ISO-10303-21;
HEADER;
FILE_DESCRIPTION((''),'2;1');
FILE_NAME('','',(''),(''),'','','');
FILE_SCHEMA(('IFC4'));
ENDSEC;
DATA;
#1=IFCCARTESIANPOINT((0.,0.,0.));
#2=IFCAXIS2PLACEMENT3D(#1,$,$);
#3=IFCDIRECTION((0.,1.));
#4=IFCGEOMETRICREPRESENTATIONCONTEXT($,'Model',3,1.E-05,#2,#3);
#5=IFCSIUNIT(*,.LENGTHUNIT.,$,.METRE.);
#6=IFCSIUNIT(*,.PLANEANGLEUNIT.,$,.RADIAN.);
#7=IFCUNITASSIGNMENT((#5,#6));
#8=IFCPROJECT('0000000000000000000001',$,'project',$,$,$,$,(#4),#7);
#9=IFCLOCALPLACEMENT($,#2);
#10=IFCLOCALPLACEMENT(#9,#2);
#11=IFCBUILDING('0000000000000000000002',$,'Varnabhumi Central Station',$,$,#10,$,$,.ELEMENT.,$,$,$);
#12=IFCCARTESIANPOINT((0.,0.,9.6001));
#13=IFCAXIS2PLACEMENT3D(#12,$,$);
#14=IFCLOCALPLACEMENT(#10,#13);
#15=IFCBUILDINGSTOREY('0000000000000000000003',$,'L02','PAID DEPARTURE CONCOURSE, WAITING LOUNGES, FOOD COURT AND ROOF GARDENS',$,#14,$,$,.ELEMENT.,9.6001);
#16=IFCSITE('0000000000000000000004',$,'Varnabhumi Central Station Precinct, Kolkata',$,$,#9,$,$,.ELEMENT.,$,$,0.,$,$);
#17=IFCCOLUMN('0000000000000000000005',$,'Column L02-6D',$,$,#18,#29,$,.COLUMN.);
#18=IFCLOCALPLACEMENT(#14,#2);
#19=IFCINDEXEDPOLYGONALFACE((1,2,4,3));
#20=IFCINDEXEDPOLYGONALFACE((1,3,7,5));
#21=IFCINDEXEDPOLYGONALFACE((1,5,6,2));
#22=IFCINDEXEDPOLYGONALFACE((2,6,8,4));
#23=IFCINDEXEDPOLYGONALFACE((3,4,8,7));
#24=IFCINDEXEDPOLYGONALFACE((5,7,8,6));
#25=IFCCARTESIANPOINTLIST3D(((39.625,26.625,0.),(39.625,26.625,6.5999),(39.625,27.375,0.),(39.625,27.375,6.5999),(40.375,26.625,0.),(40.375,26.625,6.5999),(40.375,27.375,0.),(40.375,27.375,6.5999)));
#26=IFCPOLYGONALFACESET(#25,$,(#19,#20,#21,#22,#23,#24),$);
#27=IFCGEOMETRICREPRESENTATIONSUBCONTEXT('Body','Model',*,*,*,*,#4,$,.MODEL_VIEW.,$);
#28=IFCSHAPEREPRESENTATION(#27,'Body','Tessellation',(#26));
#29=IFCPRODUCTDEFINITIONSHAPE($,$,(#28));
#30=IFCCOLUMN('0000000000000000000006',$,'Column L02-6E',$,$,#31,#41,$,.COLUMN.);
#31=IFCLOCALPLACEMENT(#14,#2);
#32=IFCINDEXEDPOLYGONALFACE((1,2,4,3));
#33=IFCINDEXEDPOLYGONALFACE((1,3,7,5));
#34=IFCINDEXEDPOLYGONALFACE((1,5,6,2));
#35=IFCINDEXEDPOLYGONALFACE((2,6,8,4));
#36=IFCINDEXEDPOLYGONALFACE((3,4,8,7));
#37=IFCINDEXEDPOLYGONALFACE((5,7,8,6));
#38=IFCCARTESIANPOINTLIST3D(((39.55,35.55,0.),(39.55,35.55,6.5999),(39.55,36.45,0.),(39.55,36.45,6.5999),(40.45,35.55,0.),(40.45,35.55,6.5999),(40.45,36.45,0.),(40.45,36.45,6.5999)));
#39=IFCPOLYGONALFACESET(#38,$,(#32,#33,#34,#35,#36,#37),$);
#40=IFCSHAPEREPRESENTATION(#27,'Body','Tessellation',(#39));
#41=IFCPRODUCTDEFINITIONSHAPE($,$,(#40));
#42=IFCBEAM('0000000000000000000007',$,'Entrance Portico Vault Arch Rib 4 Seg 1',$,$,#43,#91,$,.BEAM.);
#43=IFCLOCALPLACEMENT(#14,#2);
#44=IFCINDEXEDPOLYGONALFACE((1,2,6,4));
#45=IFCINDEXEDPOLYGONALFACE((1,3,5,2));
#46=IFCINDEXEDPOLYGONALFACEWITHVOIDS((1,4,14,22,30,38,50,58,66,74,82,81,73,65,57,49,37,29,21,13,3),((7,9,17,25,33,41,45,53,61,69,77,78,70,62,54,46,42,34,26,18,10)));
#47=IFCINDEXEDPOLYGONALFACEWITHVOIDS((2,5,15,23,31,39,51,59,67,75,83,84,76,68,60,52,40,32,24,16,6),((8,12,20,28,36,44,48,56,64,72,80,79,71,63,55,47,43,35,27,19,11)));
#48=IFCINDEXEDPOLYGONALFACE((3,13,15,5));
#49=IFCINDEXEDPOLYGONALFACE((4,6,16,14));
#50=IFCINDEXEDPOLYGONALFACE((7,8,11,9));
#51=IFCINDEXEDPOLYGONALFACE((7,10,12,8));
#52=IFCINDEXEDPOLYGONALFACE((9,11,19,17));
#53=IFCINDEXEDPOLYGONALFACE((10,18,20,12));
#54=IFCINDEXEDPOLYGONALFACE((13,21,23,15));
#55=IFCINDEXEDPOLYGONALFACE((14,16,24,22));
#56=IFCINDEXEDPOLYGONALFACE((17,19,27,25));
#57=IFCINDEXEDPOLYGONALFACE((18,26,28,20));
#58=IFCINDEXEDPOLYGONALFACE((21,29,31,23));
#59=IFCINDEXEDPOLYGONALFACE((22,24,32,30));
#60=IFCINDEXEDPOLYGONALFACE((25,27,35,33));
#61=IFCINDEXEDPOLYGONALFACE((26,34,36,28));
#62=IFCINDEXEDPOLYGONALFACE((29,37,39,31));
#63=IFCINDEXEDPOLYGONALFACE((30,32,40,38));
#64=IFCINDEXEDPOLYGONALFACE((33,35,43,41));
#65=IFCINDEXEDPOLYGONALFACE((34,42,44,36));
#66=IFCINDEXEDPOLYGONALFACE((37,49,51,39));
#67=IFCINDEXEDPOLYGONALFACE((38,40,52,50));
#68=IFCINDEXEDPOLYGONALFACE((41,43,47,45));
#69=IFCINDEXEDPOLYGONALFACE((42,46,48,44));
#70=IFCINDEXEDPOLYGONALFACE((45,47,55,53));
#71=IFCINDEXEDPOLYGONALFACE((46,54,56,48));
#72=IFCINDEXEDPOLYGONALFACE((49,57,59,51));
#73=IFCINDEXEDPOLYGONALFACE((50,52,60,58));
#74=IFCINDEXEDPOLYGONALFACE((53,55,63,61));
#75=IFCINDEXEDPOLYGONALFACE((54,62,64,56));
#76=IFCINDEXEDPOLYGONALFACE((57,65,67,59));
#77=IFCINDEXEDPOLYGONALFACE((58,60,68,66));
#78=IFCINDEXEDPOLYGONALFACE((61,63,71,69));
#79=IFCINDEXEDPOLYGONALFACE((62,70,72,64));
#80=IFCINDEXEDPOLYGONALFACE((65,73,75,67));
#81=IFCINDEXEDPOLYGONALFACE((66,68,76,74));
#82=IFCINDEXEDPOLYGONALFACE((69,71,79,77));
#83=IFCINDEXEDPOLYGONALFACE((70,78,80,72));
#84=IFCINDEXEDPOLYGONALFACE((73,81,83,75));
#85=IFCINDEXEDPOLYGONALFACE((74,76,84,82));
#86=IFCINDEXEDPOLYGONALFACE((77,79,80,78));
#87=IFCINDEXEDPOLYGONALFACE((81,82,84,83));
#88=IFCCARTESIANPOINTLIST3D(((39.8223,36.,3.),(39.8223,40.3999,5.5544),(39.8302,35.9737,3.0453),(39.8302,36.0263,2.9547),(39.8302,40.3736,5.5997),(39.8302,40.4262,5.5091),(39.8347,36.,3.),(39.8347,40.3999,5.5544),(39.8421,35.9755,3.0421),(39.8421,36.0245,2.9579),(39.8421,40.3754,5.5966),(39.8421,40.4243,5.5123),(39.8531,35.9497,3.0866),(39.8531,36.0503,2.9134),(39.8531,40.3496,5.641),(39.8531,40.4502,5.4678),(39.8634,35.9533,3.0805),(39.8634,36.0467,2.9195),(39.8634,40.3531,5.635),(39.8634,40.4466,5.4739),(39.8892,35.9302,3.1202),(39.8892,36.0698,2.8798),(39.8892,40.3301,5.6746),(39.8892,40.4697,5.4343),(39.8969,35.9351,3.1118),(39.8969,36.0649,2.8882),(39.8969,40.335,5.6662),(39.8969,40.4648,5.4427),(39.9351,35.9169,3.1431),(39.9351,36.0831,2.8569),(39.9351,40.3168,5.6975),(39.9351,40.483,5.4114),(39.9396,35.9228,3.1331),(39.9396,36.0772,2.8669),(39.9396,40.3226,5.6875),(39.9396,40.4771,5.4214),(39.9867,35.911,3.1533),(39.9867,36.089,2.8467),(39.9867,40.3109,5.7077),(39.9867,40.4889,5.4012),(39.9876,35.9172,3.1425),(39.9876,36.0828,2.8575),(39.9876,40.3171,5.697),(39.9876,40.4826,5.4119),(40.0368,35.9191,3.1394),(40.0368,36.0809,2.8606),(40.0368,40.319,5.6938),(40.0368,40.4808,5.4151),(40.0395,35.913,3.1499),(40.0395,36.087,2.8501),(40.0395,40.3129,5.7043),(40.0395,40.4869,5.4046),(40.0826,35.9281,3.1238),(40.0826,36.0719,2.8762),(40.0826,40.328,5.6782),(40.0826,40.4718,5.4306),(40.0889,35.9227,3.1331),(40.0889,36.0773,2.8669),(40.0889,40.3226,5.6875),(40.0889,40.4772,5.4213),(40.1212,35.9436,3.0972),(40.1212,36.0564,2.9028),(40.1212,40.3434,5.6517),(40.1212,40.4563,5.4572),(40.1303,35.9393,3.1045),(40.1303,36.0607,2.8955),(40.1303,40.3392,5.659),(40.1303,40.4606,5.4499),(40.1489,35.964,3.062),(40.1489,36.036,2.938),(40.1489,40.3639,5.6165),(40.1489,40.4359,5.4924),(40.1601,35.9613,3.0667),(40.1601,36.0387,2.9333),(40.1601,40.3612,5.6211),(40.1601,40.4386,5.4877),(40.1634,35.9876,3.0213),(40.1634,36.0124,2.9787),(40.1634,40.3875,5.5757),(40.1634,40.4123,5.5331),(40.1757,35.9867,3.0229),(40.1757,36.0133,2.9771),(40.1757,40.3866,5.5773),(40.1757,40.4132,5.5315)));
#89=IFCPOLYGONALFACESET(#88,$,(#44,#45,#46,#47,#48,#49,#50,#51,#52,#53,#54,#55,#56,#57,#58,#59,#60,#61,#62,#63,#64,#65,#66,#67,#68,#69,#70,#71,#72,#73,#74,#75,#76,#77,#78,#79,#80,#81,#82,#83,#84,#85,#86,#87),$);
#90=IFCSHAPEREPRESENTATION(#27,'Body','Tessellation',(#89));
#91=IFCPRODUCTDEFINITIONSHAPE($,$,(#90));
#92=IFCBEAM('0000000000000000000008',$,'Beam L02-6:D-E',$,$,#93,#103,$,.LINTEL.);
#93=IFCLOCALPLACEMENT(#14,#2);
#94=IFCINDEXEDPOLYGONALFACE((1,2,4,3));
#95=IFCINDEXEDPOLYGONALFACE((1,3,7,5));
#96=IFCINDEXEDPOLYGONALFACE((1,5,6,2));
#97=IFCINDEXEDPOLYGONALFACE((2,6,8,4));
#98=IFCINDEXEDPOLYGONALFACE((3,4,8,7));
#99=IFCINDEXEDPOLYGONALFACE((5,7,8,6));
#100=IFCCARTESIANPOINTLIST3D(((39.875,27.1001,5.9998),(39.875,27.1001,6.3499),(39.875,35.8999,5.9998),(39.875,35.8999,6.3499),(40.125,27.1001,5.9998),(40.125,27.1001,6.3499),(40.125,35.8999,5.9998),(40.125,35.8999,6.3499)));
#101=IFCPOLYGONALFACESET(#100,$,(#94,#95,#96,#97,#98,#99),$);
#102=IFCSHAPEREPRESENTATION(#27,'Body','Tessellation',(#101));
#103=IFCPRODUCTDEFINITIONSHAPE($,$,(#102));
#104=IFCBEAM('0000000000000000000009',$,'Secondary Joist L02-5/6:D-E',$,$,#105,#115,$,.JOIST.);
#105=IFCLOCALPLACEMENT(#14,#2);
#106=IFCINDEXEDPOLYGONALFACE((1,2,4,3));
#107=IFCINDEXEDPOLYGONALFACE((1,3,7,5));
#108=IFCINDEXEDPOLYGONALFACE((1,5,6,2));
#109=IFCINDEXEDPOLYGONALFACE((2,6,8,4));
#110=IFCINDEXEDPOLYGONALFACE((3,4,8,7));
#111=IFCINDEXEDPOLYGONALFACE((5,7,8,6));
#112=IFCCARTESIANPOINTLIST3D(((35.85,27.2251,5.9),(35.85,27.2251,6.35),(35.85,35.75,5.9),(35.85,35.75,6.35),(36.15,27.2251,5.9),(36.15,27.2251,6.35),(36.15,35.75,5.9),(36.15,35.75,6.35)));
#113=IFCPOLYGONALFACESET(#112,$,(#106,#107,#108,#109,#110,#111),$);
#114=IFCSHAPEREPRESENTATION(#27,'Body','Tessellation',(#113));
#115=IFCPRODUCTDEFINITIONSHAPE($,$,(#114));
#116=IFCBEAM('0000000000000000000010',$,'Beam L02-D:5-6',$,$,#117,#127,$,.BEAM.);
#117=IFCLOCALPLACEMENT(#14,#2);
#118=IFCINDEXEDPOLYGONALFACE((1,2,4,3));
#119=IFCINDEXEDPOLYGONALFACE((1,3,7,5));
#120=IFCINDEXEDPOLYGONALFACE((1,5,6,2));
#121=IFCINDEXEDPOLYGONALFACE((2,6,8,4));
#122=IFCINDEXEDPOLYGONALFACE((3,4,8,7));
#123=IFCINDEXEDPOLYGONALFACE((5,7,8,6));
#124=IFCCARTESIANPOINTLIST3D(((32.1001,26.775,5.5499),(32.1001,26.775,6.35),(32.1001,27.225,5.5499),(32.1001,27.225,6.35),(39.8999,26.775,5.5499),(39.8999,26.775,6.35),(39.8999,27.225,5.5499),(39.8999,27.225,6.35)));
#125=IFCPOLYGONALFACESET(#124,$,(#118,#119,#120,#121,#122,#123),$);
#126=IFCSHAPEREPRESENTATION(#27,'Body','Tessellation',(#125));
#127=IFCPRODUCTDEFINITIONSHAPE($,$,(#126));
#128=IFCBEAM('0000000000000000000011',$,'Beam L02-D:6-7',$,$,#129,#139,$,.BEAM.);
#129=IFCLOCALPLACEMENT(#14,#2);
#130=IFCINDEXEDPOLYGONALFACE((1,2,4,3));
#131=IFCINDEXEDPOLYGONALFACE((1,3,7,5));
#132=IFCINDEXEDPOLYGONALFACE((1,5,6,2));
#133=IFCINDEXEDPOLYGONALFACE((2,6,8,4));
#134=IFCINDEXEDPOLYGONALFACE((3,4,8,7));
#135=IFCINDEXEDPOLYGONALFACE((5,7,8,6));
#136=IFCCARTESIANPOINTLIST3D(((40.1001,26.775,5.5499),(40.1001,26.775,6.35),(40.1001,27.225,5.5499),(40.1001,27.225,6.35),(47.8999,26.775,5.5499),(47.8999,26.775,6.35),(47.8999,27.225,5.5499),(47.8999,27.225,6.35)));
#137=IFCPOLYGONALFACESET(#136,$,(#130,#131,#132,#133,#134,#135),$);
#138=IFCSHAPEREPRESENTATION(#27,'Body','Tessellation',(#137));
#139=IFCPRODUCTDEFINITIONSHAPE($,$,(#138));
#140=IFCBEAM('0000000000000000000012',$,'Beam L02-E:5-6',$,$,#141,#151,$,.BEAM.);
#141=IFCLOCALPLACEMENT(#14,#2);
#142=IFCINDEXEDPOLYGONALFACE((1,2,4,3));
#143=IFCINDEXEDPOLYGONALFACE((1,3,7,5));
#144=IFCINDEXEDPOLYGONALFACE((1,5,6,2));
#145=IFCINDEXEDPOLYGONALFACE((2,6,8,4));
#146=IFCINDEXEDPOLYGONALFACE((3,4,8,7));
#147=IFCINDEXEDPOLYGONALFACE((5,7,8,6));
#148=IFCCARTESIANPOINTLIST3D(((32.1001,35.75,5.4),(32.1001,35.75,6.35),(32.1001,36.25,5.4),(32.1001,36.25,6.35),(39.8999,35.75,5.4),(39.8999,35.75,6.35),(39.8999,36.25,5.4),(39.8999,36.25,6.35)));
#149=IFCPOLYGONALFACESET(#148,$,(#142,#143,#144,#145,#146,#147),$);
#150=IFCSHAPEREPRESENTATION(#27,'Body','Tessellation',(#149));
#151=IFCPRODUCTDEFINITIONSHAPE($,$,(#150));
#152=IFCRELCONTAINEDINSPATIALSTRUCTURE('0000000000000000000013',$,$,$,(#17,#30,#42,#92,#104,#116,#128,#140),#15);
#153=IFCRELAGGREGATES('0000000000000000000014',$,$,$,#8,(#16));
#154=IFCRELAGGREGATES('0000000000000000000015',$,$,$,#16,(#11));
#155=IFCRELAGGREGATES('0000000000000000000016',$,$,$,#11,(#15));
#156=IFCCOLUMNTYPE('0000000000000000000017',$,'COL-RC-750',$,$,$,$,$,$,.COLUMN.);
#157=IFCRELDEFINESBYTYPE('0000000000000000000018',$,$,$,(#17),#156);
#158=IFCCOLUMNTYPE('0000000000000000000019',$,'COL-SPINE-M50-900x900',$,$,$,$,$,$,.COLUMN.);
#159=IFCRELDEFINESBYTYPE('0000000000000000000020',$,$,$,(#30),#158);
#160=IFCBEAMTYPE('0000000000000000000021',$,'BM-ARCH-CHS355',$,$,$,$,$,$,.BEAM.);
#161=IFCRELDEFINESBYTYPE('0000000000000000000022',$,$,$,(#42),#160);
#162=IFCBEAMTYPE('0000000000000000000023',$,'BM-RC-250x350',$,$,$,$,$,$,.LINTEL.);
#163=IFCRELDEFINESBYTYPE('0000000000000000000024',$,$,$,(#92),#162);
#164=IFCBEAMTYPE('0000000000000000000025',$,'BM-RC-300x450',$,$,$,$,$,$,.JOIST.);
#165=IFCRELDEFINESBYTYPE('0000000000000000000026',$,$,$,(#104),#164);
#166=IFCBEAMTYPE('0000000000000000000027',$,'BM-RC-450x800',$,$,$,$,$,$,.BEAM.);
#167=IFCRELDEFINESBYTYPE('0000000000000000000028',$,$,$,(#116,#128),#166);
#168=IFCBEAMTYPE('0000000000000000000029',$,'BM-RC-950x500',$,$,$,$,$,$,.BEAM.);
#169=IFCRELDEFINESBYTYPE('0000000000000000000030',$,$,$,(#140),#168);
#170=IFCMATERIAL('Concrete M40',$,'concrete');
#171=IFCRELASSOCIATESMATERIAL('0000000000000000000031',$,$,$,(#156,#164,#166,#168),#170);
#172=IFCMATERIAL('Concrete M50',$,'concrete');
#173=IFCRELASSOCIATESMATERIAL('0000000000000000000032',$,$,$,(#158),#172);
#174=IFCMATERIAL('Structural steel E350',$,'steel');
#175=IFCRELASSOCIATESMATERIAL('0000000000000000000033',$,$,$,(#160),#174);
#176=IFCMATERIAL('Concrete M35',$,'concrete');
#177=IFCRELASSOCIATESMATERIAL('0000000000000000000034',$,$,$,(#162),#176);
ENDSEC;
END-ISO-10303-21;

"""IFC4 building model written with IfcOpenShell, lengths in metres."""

from ifc_helpers import new_model, si_unit, direction, frame, origin, origin_2d, place, context, subcontext, project, spatial, rectangle, hollow_circle, extrude, material, material_profile, profile_set, type_object, element, save


model = new_model("IFC4")

# Units and contexts
model_context = context("Model", 3, precision=1e-05, world=origin(), true_north=direction((0.0, 1.0)))
body_context = subcontext(model_context, "Body", "Model", "MODEL_VIEW")
ifc_project = project(units=[si_unit("LENGTHUNIT", "METRE"), si_unit("PLANEANGLEUNIT", "RADIAN")], contexts=[model_context])

# Site, building, storey
site_placement = place(None, origin())
site = spatial("IfcSite", under=ifc_project, at=site_placement, Name="Varnabhumi Central Station Precinct, Kolkata", CompositionType="ELEMENT", RefElevation=0.0)
building_placement = place(site_placement, origin())
building = spatial("IfcBuilding", under=site, at=building_placement, Name="Varnabhumi Central Station", CompositionType="ELEMENT")
storey_placement = place(building_placement, frame((0.0, 0.0, 9.6001)))
storey = spatial("IfcBuildingStorey", under=building, at=storey_placement, Name="L02", Description="PAID DEPARTURE CONCOURSE, WAITING LOUNGES, FOOD COURT AND ROOF GARDENS", CompositionType="ELEMENT", Elevation=9.6001)

# Columns
ifc_material_1 = material(Name="Concrete M40", Category="concrete")
ifc_material_profile_1 = material_profile(ifc_material_1, rectangle(XDim=0.75, YDim=0.75, at=origin_2d()), Name="Concrete M40", Category="concrete")
ifc_profile_set_1 = profile_set([ifc_material_profile_1], Name="Concrete M40")
column_type_1 = type_object("IfcColumnType", Name="COL-RC-750", PredefinedType="COLUMN", material=ifc_profile_set_1)
column_1_placement = place(storey_placement, frame((40.0, 27.0, 0.0), z_axis=(0.0, 0.0, 1.0), x_axis=(1.0, 0.0, 0.0)))
element("IfcColumn", 1, at=column_1_placement, inside=storey, type_object=column_type_1, Name="Column L02-6D", PredefinedType="COLUMN", context=body_context, shape_type="SweptSolid", body=[
    extrude(rectangle(XDim=0.75, YDim=0.75, at=origin_2d()), origin(), (0.0, 0.0, 1.0), 6.5999),
])
ifc_material_2 = material(Name="Concrete M50", Category="concrete")
ifc_material_profile_2 = material_profile(ifc_material_2, rectangle(XDim=0.8999, YDim=0.8999, at=origin_2d()), Name="Concrete M50", Category="concrete")
ifc_profile_set_2 = profile_set([ifc_material_profile_2], Name="Concrete M50")
column_type_2 = type_object("IfcColumnType", Name="COL-SPINE-M50-900x900", PredefinedType="COLUMN", material=ifc_profile_set_2)
column_2_placement = place(storey_placement, frame((40.0, 36.0, 0.0), z_axis=(0.0, 0.0, 1.0), x_axis=(1.0, 0.0, 0.0)))
element("IfcColumn", 2, at=column_2_placement, inside=storey, type_object=column_type_2, Name="Column L02-6E", PredefinedType="COLUMN", context=body_context, shape_type="SweptSolid", body=[
    extrude(rectangle(XDim=0.8999, YDim=0.8999, at=origin_2d()), origin(), (0.0, 0.0, 1.0), 6.5999),
])

# Beams
ifc_material_3 = material(Name="Structural steel E350", Category="steel")
ifc_material_profile_3 = material_profile(ifc_material_3, hollow_circle(Radius=0.1777, WallThickness=0.0125, at=origin_2d()), Name="Structural steel E350", Category="steel")
ifc_profile_set_3 = profile_set([ifc_material_profile_3], Name="Structural steel E350")
beam_type_1 = type_object("IfcBeamType", Name="BM-ARCH-CHS355", PredefinedType="BEAM", material=ifc_profile_set_3)
beam_1_placement = place(storey_placement, frame((40.0, 36.0, 3.0), z_axis=(0.0, 0.864818, 0.502086), x_axis=(-1.0, 0.0, 0.0)))
element("IfcBeam", 3, at=beam_1_placement, inside=storey, type_object=beam_type_1, Name="Entrance Portico Vault Arch Rib 4 Seg 1", PredefinedType="BEAM", context=body_context, shape_type="SweptSolid", body=[
    extrude(hollow_circle(Radius=0.1777, WallThickness=0.0125, at=origin_2d()), origin(), (0.0, 0.0, 1.0), 5.0876),
])
ifc_material_4 = material(Name="Concrete M35", Category="concrete")
ifc_material_profile_4 = material_profile(ifc_material_4, rectangle(XDim=0.25, YDim=0.3501, at=origin_2d()), Name="Concrete M35", Category="concrete")
ifc_profile_set_4 = profile_set([ifc_material_profile_4], Name="Concrete M35")
beam_type_2 = type_object("IfcBeamType", Name="BM-RC-250x350", PredefinedType="LINTEL", material=ifc_profile_set_4)
beam_2_placement = place(storey_placement, frame((40.0, 27.1001, 6.1748), z_axis=(0.0, 1.0, 0.0), x_axis=(-1.0, 0.0, 0.0)))
element("IfcBeam", 4, at=beam_2_placement, inside=storey, type_object=beam_type_2, Name="Beam L02-6:D-E", PredefinedType="LINTEL", context=body_context, shape_type="SweptSolid", body=[
    extrude(rectangle(XDim=0.25, YDim=0.3501, at=origin_2d()), origin(), (0.0, 0.0, 1.0), 8.7998),
])
ifc_material_profile_5 = material_profile(ifc_material_1, rectangle(XDim=0.3, YDim=0.45, at=origin_2d()), Name="Concrete M40", Category="concrete")
ifc_profile_set_5 = profile_set([ifc_material_profile_5], Name="Concrete M40")
beam_type_3 = type_object("IfcBeamType", Name="BM-RC-300x450", PredefinedType="JOIST", material=ifc_profile_set_5)
beam_3_placement = place(storey_placement, frame((36.0, 27.2251, 6.125), z_axis=(0.0, 1.0, 0.0), x_axis=(-1.0, 0.0, 0.0)))
element("IfcBeam", 5, at=beam_3_placement, inside=storey, type_object=beam_type_3, Name="Secondary Joist L02-5/6:D-E", PredefinedType="JOIST", context=body_context, shape_type="SweptSolid", body=[
    extrude(rectangle(XDim=0.3, YDim=0.45, at=origin_2d()), origin(), (0.0, 0.0, 1.0), 8.5249),
])
ifc_material_profile_6 = material_profile(ifc_material_1, rectangle(XDim=0.45, YDim=0.8, at=origin_2d()), Name="Concrete M40", Category="concrete")
ifc_profile_set_6 = profile_set([ifc_material_profile_6], Name="Concrete M40")
beam_type_4 = type_object("IfcBeamType", Name="BM-RC-450x800", PredefinedType="BEAM", material=ifc_profile_set_6)
for number, where, z_axis, x_axis, name in (
    (6, (32.1001, 27.0, 5.95), (1.0, 0.0, 0.0), (0.0, 1.0, 0.0), "Beam L02-D:5-6"),
    (7, (40.1001, 27.0, 5.95), (1.0, 0.0, 0.0), (0.0, 1.0, 0.0), "Beam L02-D:6-7"),
):
    element("IfcBeam", number, at=place(storey_placement, frame(where, z_axis=z_axis, x_axis=x_axis)), inside=storey, type_object=beam_type_4, Name=name, PredefinedType="BEAM", context=body_context, shape_type="SweptSolid", body=[
        extrude(rectangle(XDim=0.45, YDim=0.8, at=origin_2d()), origin(), (0.0, 0.0, 1.0), 7.7998),
    ])
ifc_material_profile_7 = material_profile(ifc_material_1, rectangle(XDim=0.5, YDim=0.95, at=origin_2d()), Name="Concrete M40", Category="concrete")
ifc_profile_set_7 = profile_set([ifc_material_profile_7], Name="Concrete M40")
beam_type_5 = type_object("IfcBeamType", Name="BM-RC-950x500", PredefinedType="BEAM", material=ifc_profile_set_7)
beam_4_placement = place(storey_placement, frame((32.1001, 36.0, 5.875), z_axis=(1.0, 0.0, 0.0), x_axis=(0.0, 1.0, 0.0)))
element("IfcBeam", 8, at=beam_4_placement, inside=storey, type_object=beam_type_5, Name="Beam L02-E:5-6", PredefinedType="BEAM", context=body_context, shape_type="SweptSolid", body=[
    extrude(rectangle(XDim=0.5, YDim=0.95, at=origin_2d()), origin(), (0.0, 0.0, 1.0), 7.7998),
])

save(model, "model.ifc")
